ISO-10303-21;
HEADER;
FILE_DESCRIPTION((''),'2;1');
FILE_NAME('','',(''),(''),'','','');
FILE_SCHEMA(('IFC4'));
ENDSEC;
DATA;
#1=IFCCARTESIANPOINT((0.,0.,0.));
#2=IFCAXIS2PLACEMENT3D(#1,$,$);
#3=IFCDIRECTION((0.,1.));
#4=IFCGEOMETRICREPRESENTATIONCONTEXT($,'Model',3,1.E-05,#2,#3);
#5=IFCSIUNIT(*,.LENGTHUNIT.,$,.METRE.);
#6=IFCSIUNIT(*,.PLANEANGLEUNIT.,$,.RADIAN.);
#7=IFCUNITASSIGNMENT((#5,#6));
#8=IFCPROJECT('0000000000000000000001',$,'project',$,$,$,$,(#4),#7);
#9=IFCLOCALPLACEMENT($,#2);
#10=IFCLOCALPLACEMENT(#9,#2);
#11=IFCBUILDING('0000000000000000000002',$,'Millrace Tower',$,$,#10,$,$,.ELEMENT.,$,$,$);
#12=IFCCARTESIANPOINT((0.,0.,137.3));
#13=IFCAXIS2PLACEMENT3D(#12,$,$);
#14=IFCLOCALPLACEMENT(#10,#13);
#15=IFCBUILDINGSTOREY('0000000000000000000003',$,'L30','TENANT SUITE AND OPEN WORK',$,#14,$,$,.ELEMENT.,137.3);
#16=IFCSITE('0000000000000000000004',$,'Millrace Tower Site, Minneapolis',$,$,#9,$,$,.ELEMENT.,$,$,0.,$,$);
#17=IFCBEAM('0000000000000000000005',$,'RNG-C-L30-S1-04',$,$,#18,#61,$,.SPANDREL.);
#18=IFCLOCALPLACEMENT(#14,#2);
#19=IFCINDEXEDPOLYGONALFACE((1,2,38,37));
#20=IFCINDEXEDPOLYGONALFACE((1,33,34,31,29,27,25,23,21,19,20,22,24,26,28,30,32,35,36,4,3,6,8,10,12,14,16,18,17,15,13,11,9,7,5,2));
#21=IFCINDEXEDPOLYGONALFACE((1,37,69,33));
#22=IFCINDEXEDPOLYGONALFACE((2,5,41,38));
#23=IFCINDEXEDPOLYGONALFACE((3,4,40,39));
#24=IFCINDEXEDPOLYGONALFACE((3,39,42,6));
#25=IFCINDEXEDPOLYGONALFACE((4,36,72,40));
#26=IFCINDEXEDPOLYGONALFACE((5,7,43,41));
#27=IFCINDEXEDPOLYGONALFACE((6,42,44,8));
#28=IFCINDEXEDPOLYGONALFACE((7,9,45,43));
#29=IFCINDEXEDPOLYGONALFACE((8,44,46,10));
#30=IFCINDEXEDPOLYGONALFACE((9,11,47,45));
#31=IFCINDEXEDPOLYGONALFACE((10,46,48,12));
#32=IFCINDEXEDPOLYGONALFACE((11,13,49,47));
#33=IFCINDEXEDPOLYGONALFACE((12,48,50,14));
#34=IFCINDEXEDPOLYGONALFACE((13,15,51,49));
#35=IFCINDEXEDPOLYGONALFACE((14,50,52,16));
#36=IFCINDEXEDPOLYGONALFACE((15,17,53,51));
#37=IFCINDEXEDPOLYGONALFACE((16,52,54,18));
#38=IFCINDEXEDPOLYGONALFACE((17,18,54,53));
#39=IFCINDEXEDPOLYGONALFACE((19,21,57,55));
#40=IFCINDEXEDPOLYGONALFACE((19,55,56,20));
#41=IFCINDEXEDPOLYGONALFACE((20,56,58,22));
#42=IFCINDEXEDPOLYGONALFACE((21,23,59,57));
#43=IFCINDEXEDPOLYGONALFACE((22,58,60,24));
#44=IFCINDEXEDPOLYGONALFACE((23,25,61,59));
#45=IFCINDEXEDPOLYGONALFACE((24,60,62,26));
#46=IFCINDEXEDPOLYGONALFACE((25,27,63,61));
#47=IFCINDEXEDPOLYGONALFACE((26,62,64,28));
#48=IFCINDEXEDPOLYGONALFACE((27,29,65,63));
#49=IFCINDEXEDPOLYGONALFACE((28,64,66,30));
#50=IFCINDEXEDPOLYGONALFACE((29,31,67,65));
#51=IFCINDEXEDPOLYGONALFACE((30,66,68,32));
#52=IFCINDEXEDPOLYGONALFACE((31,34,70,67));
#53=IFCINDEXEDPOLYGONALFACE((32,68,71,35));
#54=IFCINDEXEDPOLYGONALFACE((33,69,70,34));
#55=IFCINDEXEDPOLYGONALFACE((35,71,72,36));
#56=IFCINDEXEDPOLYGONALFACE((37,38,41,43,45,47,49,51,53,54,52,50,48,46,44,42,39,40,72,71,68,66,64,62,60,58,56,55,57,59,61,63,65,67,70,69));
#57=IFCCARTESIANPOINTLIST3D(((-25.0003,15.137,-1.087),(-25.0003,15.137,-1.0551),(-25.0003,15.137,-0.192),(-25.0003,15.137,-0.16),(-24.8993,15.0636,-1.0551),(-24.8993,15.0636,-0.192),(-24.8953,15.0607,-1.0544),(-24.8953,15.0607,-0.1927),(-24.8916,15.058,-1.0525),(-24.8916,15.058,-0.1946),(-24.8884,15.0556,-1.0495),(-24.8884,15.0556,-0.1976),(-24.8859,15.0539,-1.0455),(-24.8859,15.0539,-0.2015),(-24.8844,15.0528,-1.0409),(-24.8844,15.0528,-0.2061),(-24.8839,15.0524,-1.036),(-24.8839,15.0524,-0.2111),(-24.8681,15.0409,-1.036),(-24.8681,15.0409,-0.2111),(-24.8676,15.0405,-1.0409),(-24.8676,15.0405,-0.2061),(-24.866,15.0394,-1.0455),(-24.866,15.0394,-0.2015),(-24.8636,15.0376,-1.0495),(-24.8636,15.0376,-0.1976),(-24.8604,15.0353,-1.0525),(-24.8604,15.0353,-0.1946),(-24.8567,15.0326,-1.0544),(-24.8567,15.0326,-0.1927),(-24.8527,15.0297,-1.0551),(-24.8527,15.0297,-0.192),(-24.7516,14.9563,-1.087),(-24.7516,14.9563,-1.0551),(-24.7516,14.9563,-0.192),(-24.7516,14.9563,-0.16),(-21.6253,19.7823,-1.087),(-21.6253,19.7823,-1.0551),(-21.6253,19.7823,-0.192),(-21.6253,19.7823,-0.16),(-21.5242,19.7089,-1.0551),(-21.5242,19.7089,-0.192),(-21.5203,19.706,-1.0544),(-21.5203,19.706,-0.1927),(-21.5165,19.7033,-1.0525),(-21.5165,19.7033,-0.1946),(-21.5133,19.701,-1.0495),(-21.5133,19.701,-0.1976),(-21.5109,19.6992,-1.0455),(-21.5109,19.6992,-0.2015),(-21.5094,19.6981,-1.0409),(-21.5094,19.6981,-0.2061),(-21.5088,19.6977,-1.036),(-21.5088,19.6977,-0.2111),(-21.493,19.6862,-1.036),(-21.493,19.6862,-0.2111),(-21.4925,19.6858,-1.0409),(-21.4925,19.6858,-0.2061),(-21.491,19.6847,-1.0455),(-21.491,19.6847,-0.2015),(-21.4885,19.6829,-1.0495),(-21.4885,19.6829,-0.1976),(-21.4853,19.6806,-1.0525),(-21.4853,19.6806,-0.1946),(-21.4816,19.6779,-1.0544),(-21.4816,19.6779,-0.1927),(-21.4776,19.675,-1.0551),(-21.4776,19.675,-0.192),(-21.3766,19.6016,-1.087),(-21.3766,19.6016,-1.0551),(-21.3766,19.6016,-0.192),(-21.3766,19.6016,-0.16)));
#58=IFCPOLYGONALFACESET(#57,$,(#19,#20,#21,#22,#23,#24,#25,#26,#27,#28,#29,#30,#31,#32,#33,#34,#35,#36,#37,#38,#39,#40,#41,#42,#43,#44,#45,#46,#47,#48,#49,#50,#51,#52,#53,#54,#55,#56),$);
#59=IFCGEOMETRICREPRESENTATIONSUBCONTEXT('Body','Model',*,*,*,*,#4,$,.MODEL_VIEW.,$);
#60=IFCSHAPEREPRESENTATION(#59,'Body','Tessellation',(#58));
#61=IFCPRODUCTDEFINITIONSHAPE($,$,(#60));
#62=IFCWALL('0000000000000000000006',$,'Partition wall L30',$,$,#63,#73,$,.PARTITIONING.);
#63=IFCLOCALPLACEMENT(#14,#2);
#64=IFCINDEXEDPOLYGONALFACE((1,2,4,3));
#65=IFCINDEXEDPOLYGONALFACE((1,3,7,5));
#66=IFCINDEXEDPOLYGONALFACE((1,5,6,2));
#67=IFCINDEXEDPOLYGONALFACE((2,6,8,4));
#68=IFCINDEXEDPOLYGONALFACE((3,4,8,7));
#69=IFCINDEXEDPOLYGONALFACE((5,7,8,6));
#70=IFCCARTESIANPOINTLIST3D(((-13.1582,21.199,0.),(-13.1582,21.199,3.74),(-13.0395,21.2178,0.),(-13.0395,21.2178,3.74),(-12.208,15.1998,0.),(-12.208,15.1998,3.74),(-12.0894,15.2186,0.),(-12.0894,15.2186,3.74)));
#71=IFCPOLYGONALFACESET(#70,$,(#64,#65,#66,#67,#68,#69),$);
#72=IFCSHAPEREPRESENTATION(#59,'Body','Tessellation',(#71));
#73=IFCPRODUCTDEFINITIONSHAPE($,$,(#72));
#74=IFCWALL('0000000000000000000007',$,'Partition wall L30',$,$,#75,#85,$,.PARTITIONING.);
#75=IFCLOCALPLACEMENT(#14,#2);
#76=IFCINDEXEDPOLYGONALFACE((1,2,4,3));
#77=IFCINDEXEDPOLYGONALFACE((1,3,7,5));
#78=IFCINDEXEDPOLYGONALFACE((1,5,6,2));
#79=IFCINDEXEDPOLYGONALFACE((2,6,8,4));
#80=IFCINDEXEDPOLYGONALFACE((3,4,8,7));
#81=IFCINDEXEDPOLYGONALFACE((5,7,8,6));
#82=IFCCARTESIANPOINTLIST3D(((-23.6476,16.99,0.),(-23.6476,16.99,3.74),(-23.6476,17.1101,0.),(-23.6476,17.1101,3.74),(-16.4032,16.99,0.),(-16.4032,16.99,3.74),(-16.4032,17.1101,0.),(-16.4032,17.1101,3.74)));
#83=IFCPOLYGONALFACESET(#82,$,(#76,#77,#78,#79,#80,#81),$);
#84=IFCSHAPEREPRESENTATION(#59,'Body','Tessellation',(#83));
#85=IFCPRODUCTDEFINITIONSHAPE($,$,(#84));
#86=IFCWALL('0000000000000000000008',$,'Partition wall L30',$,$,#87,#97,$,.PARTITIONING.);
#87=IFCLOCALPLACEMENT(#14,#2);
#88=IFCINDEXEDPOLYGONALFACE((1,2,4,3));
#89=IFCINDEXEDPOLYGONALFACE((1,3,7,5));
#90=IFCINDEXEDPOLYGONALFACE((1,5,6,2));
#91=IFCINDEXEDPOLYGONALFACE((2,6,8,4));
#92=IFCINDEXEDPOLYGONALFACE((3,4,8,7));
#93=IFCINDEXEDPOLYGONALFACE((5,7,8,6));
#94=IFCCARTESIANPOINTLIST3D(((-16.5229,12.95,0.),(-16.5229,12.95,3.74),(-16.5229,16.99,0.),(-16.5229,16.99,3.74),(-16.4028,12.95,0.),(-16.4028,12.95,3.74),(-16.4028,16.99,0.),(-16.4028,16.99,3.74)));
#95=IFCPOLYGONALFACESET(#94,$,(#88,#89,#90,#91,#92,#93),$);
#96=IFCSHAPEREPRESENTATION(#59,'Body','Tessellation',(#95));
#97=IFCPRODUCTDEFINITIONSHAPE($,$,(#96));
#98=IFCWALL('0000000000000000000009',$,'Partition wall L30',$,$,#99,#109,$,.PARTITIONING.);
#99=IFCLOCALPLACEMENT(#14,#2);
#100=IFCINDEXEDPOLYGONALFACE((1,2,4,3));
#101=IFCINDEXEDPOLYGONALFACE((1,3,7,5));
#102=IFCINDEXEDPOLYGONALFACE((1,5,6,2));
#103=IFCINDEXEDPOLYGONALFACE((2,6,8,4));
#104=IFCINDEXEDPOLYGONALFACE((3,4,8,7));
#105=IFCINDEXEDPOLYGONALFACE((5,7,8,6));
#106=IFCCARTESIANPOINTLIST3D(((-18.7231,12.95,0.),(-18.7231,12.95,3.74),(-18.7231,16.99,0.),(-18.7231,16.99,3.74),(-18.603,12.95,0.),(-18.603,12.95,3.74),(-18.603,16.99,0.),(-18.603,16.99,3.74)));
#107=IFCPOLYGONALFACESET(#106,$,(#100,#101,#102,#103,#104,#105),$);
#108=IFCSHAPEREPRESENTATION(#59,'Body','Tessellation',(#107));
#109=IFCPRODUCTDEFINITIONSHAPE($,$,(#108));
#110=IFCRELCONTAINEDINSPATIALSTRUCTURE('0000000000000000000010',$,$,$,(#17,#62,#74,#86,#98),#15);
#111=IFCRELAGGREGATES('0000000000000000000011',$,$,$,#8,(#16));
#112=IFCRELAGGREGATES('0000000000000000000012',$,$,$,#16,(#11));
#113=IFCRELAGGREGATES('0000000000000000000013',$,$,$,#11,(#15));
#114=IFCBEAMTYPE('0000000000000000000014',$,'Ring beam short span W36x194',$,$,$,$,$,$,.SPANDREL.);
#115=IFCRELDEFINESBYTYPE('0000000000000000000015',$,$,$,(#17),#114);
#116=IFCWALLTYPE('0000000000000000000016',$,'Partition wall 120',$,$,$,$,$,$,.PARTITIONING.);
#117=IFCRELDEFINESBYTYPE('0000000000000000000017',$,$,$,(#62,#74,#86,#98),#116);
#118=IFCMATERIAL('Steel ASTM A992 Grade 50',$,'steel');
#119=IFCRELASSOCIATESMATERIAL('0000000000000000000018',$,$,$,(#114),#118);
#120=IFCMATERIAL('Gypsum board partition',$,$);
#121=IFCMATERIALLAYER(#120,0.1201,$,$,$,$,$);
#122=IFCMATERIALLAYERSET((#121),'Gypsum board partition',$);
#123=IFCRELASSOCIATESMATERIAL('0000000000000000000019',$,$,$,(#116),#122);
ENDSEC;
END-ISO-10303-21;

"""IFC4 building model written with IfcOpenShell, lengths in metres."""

from ifc_helpers import new_model, si_unit, direction, frame, frame_2d, origin, origin_2d, place, context, subcontext, project, spatial, rectangle, i_section, extrude, material, layer, layer_set, material_profile, profile_set, type_object, element, save


model = new_model("IFC4")

# Units and contexts
model_context = context("Model", 3, precision=1e-05, world=origin(), true_north=direction((0.0, 1.0)))
body_context = subcontext(model_context, "Body", "Model", "MODEL_VIEW")
ifc_project = project(units=[si_unit("LENGTHUNIT", "METRE"), si_unit("PLANEANGLEUNIT", "RADIAN")], contexts=[model_context])

# Site, building, storey
site_placement = place(None, origin())
site = spatial("IfcSite", under=ifc_project, at=site_placement, Name="Millrace Tower Site, Minneapolis", CompositionType="ELEMENT", RefElevation=0.0)
building_placement = place(site_placement, origin())
building = spatial("IfcBuilding", under=site, at=building_placement, Name="Millrace Tower", CompositionType="ELEMENT")
storey_placement = place(building_placement, frame((0.0, 0.0, 137.3)))
storey = spatial("IfcBuildingStorey", under=building, at=storey_placement, Name="L30", Description="TENANT SUITE AND OPEN WORK", CompositionType="ELEMENT", Elevation=137.3)

# Beam
ifc_material_1 = material(Name="Steel ASTM A992 Grade 50", Category="steel")
ifc_material_profile_1 = material_profile(ifc_material_1, i_section(OverallWidth=0.3074, OverallDepth=0.927, WebThickness=0.0195, FlangeThickness=0.032, FilletRadius=0.019, at=origin_2d()))
ifc_profile_set_1 = profile_set([ifc_material_profile_1], Name="Steel ASTM A992 Grade 50")
beam_type_1 = type_object("IfcBeamType", Name="Ring beam short span W36x194", PredefinedType="SPANDREL", material=ifc_profile_set_1)
beam_1_placement = place(storey_placement, frame((-24.876, 15.0466, -0.6235), z_axis=(0.587787, 0.809015, 0.0), x_axis=(-0.809015, 0.587787, 0.0)))
element("IfcBeam", 1, at=beam_1_placement, inside=storey, type_object=beam_type_1, Name="RNG-C-L30-S1-04", PredefinedType="SPANDREL", context=body_context, shape_type="SweptSolid", body=[
    extrude(i_section(OverallWidth=0.3074, OverallDepth=0.927, WebThickness=0.0195, FlangeThickness=0.032, FilletRadius=0.019, at=origin_2d()), origin(), (0.0, 0.0, 1.0), 5.7419),
])

# Walls
ifc_material_2 = material(Name="Gypsum board partition")
ifc_layer_1 = layer(ifc_material_2, 0.1201)
ifc_layer_set_1 = layer_set([ifc_layer_1], Name="Gypsum board partition")
wall_type = type_object("IfcWallType", Name="Partition wall 120", PredefinedType="PARTITIONING", material=ifc_layer_set_1)
wall_1_placement = place(storey_placement, frame((-13.0989, 21.2085, 0.0), z_axis=(0.0, 0.0, 1.0), x_axis=(0.156435, -0.987688, 0.0)))
element("IfcWall", 2, at=wall_1_placement, inside=storey, type_object=wall_type, Name="Partition wall L30", PredefinedType="PARTITIONING", context=body_context, shape_type="SweptSolid", body=[
    extrude(rectangle(XDim=6.074, YDim=0.1201, at=frame_2d((3.0371, 0.0))), origin(), (0.0, 0.0, 1.0), 3.74),
])
wall_2_placement = place(storey_placement, frame((-23.6475, 17.05, 0.0), z_axis=(0.0, 0.0, 1.0), x_axis=(1.0, 0.0, 0.0)))
element("IfcWall", 3, at=wall_2_placement, inside=storey, type_object=wall_type, Name="Partition wall L30", PredefinedType="PARTITIONING", context=body_context, shape_type="SweptSolid", body=[
    extrude(rectangle(XDim=7.2444, YDim=0.1201, at=frame_2d((3.6221, 0.0))), origin(), (0.0, 0.0, 1.0), 3.74),
])
for number, where, z_axis, x_axis, name in (
    (4, (-16.4629, 12.95, 0.0), (0.0, 0.0, 1.0), (0.0, 1.0, 0.0), "Partition wall L30"),
    (5, (-18.6631, 12.95, 0.0), (0.0, 0.0, 1.0), (0.0, 1.0, 0.0), "Partition wall L30"),
):
    element("IfcWall", number, at=place(storey_placement, frame(where, z_axis=z_axis, x_axis=x_axis)), inside=storey, type_object=wall_type, Name=name, PredefinedType="PARTITIONING", context=body_context, shape_type="SweptSolid", body=[
        extrude(rectangle(XDim=4.04, YDim=0.1201, at=frame_2d((2.02, 0.0))), origin(), (0.0, 0.0, 1.0), 3.74),
    ])

save(model, "model.ifc")
